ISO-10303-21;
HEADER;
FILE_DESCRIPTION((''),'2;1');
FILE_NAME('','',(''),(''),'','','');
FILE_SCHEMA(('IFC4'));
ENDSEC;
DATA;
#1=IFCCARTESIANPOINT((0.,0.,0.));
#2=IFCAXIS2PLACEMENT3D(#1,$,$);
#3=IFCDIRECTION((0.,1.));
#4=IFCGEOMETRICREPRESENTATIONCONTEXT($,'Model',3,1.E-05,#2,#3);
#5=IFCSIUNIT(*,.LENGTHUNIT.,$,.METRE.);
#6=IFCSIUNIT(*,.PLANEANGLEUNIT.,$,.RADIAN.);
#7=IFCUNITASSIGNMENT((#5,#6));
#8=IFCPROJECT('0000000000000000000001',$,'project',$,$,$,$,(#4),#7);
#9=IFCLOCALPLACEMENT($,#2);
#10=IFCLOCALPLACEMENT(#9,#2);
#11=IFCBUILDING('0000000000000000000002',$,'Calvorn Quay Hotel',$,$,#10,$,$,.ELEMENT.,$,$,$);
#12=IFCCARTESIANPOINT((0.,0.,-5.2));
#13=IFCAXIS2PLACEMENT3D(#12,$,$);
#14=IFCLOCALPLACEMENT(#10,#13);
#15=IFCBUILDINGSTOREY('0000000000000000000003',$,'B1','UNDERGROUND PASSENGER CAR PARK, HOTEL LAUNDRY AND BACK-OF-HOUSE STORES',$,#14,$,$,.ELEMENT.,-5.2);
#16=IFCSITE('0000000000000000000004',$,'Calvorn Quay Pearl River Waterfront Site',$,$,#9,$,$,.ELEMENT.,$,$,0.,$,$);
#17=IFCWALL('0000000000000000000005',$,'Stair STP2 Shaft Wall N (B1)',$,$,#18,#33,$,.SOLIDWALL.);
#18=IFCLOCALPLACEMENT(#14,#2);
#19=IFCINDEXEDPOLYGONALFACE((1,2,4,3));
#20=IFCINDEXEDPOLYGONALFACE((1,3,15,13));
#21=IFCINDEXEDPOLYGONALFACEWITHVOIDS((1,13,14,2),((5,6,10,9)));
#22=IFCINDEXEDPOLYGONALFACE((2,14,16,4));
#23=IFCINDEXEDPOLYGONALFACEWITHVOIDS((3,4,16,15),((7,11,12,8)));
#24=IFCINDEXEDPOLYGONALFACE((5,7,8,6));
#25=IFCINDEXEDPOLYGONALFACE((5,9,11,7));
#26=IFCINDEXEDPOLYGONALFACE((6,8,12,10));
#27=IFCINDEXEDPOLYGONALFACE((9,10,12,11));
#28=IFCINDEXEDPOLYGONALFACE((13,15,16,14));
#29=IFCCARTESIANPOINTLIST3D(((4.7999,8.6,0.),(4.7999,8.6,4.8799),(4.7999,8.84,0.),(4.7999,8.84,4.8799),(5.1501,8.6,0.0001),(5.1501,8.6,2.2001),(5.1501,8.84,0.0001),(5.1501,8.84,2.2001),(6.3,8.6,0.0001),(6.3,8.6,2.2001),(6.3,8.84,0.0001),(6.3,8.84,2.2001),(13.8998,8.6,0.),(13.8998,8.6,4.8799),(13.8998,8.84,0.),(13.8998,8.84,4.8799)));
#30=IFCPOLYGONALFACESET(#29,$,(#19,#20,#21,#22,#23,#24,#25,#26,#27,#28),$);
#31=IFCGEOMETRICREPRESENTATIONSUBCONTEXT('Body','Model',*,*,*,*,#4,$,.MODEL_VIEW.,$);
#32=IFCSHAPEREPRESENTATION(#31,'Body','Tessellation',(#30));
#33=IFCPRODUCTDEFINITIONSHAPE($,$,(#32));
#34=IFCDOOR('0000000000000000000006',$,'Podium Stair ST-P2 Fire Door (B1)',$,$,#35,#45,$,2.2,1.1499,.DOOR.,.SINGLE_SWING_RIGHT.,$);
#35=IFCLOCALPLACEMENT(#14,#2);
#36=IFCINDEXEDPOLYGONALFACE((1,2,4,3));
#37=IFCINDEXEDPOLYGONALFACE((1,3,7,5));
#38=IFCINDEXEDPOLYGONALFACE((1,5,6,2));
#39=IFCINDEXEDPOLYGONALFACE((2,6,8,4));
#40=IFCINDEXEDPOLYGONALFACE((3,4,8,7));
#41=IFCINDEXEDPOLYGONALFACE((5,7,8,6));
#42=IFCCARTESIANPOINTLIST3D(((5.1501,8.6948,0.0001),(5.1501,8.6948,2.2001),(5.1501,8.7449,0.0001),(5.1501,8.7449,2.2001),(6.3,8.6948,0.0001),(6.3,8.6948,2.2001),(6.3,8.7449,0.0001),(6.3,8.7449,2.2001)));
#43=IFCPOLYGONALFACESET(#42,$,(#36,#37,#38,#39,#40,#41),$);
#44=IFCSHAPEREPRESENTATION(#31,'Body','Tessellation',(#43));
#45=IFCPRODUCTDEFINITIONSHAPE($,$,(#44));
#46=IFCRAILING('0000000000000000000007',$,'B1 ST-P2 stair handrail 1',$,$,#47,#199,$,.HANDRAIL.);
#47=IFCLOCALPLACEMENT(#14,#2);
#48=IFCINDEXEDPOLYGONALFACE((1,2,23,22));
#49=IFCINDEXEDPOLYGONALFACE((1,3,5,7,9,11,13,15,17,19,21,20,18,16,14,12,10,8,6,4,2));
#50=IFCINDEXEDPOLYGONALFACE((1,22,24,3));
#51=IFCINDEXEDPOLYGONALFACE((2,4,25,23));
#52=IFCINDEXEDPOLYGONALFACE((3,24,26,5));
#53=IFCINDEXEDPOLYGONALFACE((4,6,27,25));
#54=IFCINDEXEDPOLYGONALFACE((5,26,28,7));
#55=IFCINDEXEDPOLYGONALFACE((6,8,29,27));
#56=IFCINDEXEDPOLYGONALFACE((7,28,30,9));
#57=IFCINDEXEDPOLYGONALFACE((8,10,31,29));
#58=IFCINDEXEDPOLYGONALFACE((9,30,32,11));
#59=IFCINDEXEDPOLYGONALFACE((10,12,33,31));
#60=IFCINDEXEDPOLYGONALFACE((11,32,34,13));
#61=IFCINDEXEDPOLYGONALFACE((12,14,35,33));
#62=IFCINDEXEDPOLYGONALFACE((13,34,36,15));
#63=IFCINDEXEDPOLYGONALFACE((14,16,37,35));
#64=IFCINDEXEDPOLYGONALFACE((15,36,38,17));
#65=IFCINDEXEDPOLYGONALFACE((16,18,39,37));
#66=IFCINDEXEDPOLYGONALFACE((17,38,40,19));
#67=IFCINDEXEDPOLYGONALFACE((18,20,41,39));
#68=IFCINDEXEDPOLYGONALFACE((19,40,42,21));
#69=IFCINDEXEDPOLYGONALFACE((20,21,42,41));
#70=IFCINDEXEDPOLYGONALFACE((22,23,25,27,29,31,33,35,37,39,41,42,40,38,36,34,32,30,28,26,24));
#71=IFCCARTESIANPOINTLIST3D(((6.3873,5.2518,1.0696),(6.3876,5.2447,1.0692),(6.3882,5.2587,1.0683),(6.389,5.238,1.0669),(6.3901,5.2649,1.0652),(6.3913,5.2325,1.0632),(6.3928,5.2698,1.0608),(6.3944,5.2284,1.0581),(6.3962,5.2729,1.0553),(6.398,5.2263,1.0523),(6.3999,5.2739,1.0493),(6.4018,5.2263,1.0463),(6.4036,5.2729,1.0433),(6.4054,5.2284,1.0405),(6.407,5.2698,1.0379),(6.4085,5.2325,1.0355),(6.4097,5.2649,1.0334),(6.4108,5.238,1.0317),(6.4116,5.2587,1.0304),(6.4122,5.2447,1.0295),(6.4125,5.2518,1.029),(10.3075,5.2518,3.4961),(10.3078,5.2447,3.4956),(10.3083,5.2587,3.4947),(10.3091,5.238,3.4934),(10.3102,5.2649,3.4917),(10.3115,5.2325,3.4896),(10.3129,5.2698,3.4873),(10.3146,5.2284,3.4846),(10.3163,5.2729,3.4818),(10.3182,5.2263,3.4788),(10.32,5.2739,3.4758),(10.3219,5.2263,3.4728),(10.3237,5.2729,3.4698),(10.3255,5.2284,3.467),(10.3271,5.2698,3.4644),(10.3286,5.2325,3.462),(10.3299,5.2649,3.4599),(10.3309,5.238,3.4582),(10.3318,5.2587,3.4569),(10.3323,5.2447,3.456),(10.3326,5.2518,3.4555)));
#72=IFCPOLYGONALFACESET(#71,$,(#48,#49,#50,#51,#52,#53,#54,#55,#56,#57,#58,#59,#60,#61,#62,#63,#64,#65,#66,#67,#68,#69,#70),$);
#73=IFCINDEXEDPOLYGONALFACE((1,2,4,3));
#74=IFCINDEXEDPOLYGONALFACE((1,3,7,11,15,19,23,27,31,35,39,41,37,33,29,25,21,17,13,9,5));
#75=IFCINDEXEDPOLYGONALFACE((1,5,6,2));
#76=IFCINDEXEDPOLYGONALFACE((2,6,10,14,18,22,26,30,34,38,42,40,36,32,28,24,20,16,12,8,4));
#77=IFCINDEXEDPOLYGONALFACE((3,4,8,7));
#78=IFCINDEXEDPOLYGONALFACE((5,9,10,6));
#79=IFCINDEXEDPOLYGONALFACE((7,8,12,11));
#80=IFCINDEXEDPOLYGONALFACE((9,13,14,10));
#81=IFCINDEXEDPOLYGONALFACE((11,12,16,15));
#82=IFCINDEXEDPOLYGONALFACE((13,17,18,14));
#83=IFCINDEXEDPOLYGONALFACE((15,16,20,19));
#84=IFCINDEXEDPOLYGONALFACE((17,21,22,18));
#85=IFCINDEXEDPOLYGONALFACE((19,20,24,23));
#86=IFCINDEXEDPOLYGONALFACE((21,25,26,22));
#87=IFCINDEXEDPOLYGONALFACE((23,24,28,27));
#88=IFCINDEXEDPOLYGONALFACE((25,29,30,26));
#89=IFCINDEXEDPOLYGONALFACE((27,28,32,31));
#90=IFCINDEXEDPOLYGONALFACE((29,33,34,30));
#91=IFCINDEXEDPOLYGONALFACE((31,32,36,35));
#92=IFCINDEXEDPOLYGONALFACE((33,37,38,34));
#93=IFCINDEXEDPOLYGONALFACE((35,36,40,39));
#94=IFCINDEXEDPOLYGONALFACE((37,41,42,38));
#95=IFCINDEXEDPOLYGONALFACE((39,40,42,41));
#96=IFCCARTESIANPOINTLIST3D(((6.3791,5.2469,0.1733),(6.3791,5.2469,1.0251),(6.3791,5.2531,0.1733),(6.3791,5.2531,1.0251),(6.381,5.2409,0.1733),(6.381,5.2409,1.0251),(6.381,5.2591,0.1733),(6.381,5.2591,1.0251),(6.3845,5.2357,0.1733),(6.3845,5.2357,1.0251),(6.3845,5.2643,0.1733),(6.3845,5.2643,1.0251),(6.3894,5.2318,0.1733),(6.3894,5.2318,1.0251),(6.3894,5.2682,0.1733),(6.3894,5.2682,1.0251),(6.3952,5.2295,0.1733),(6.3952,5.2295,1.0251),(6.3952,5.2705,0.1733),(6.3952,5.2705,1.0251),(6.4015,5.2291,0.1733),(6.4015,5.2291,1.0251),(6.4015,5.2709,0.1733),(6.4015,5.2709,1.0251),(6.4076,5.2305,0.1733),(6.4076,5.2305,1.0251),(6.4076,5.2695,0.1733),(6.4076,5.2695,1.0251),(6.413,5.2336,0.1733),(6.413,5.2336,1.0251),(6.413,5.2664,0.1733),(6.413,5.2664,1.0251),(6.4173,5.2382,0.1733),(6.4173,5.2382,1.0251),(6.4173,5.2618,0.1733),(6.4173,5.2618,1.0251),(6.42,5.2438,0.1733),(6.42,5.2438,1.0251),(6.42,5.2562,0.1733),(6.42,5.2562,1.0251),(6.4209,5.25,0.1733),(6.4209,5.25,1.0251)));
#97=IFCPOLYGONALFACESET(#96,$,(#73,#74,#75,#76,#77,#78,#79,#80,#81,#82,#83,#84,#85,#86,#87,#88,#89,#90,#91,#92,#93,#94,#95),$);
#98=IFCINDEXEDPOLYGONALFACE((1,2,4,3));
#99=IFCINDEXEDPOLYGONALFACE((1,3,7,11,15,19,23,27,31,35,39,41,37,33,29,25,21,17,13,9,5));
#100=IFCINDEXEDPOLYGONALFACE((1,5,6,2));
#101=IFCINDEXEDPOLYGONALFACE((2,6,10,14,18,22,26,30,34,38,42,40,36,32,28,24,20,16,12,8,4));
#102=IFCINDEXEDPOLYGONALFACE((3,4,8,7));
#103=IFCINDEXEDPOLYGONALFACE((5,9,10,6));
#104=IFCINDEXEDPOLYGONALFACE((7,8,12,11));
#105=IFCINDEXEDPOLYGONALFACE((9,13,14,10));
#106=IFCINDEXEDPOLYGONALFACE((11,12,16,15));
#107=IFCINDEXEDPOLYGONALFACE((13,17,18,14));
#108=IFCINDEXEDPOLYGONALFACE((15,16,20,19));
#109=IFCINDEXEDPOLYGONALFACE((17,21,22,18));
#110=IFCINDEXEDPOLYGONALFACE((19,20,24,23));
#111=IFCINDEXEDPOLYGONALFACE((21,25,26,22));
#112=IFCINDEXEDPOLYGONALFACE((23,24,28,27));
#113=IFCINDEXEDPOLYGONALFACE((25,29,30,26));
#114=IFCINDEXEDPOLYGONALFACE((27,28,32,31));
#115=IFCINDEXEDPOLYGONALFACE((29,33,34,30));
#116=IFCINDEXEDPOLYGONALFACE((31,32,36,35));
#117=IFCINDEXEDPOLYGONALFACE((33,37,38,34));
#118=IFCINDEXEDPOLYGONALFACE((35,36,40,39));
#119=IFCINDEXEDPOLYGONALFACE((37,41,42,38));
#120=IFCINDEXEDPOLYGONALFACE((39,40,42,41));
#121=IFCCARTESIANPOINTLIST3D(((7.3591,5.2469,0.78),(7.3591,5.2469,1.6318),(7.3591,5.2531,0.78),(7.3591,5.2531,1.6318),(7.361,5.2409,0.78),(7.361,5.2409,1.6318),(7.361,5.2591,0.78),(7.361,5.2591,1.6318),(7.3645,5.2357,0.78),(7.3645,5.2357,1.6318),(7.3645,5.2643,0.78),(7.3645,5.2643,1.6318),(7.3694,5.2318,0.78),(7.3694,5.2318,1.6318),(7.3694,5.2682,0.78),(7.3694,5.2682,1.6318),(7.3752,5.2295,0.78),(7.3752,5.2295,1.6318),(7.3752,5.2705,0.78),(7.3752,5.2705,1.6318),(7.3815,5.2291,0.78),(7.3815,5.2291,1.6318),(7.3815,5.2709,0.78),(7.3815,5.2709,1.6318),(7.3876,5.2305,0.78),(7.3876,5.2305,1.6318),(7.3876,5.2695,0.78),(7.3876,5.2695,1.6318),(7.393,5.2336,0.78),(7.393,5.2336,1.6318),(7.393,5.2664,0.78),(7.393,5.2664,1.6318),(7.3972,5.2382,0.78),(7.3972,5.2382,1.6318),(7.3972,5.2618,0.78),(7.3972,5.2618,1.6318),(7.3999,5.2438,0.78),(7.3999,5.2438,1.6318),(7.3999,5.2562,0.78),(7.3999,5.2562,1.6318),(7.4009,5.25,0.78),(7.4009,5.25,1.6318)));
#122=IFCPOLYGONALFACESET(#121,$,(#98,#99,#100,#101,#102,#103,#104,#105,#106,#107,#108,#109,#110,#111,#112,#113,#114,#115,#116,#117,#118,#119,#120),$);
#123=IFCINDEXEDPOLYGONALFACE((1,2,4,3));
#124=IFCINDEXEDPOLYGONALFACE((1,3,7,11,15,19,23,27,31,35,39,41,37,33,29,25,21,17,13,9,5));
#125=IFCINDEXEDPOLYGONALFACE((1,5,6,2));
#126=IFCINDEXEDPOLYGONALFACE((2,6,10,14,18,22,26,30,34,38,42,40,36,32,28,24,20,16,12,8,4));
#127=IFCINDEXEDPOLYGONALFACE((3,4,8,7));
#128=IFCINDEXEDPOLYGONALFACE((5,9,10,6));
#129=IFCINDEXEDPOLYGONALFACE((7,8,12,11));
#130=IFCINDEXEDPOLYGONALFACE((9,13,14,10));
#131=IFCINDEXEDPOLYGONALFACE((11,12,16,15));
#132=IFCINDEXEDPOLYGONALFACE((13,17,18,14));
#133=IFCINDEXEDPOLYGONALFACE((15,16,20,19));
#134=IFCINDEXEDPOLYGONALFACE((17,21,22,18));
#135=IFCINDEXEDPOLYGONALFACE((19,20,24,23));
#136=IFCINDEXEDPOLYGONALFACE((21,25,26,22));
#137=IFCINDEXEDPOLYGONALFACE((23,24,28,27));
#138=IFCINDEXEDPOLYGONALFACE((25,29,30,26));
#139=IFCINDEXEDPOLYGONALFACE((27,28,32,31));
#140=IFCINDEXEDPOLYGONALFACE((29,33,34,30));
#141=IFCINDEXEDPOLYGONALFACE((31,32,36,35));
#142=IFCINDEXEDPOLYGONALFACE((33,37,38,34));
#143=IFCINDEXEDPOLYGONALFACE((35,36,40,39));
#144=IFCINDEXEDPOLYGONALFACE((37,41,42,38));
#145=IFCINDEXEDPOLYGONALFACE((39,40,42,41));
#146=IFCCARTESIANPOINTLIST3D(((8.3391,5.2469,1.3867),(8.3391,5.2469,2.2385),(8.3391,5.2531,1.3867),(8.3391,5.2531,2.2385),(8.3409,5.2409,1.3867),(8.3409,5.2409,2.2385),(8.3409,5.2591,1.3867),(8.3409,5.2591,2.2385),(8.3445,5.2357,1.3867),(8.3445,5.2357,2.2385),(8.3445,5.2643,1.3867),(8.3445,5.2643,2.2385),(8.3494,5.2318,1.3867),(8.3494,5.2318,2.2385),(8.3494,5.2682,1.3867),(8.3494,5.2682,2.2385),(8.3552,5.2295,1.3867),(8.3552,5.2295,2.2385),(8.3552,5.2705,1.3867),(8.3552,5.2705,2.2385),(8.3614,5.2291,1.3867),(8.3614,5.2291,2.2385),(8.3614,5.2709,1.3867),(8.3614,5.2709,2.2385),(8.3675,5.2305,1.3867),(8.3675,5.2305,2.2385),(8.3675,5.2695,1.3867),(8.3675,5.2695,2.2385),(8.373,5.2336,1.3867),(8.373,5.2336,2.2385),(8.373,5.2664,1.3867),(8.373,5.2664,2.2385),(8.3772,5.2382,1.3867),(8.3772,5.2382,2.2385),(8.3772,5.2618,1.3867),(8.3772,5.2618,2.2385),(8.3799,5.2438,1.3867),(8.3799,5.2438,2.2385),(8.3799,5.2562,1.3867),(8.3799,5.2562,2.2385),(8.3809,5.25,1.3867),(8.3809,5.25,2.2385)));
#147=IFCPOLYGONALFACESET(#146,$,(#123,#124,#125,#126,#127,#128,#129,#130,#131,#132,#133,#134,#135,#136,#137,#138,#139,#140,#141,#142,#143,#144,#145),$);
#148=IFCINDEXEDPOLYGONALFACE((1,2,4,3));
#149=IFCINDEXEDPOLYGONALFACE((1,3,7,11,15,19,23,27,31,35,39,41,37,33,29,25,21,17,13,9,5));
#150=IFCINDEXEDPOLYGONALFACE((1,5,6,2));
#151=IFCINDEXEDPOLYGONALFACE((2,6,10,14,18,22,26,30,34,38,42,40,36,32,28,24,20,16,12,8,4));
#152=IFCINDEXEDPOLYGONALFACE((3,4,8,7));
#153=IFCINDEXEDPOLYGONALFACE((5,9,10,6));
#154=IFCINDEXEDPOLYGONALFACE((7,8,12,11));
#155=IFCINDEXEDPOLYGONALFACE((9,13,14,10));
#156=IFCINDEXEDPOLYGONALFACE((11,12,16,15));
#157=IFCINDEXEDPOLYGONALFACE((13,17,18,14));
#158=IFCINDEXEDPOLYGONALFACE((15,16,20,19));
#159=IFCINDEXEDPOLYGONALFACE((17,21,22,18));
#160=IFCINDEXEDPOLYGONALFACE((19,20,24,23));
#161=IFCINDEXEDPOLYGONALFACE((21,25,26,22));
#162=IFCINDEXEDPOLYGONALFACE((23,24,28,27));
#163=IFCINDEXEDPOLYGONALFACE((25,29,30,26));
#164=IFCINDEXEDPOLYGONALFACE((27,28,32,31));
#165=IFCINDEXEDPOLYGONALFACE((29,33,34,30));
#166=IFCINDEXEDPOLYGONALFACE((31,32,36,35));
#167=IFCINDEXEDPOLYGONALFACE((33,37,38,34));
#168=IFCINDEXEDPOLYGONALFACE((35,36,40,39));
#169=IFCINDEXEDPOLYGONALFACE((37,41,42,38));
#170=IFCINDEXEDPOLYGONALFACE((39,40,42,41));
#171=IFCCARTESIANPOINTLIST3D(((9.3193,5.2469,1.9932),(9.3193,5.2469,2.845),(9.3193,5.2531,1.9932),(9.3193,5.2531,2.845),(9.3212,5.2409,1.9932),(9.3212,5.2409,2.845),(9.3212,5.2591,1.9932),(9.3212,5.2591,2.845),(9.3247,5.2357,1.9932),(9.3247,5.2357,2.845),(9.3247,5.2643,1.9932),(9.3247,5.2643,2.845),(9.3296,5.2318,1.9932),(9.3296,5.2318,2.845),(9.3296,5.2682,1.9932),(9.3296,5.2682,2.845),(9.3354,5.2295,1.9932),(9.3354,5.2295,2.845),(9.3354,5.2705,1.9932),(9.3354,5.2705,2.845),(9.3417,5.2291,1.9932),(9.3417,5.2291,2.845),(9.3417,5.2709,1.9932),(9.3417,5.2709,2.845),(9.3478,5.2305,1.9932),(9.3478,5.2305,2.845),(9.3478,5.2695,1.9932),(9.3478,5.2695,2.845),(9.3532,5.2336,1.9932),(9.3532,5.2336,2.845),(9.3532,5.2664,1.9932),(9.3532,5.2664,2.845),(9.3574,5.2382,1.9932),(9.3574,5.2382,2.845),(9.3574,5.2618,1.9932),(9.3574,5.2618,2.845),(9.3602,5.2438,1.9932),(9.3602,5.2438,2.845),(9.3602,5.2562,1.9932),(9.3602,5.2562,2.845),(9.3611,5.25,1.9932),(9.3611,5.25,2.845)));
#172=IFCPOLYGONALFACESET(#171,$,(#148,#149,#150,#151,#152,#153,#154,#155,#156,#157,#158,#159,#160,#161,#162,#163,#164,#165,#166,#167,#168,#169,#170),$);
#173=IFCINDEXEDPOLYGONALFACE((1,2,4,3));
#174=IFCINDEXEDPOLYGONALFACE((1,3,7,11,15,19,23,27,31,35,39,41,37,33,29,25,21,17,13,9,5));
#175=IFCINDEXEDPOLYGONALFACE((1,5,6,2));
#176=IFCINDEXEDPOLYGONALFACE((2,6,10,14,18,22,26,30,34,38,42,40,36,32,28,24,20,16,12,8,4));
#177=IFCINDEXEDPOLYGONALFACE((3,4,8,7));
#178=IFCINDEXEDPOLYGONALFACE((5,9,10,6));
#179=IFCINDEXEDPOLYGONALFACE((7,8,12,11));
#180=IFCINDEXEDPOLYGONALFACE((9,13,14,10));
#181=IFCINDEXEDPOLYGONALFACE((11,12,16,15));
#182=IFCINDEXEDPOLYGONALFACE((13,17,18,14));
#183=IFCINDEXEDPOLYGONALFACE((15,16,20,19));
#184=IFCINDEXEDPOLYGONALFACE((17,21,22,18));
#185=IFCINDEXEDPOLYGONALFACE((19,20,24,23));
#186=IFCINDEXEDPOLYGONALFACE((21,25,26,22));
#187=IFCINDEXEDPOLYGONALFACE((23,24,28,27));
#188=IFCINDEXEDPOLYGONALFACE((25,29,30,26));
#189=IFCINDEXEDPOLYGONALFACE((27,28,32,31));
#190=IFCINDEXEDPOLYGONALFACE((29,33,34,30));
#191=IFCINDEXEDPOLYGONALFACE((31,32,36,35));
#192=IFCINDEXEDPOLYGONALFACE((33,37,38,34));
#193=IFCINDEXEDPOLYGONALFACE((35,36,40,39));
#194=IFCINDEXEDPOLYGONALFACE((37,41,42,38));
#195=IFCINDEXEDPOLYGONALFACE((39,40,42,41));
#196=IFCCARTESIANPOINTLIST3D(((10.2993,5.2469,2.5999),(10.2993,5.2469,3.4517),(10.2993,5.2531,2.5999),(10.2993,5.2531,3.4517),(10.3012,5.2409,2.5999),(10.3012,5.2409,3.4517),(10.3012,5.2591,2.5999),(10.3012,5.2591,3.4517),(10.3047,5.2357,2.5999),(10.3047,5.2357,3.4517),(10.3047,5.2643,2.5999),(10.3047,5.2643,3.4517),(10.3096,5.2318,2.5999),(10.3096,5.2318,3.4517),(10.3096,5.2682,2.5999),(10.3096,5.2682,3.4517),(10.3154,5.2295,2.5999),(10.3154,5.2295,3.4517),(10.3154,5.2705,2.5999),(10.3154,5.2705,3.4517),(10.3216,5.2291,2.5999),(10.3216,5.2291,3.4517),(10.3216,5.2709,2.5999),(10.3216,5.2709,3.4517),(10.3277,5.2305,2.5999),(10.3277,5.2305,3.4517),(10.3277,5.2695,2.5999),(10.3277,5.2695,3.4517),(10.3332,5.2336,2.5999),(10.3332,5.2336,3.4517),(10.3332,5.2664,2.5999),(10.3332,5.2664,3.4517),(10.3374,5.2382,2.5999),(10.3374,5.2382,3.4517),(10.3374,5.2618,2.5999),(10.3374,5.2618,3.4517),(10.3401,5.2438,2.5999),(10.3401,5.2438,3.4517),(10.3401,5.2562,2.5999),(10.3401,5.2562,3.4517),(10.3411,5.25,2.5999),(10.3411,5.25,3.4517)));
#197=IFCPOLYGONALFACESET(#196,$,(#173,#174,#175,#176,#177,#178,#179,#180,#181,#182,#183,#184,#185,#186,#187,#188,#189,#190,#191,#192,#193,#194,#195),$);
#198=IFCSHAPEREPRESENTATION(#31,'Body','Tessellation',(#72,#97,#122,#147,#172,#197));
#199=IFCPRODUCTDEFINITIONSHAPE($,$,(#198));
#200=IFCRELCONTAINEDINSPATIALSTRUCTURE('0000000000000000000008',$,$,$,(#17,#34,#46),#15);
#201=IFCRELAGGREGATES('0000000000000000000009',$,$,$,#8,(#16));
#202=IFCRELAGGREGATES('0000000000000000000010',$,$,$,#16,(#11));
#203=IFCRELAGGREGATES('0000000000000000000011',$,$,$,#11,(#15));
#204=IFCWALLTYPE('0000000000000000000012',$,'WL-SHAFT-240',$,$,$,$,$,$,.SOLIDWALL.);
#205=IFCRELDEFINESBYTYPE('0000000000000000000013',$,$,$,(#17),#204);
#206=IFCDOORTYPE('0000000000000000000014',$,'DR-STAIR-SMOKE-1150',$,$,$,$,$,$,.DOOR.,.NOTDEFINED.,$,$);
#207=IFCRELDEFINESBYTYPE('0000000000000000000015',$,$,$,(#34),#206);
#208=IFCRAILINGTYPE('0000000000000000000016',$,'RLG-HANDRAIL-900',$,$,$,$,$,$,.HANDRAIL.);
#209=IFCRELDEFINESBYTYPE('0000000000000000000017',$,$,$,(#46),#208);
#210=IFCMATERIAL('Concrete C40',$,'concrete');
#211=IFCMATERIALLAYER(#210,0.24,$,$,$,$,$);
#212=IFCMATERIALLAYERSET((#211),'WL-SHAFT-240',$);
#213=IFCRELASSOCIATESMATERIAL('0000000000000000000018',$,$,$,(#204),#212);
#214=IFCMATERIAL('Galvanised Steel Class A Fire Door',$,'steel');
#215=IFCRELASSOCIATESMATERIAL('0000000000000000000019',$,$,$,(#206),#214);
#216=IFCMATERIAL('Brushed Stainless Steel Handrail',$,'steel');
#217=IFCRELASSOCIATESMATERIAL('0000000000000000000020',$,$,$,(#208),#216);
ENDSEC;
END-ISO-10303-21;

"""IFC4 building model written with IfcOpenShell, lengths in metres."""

from ifc_helpers import new_model, si_unit, direction, frame, frame_2d, origin, origin_2d, place, context, subcontext, project, spatial, rectangle, circle, extrude, material, layer, layer_set, type_object, element, fill, save


model = new_model("IFC4")

# Units and contexts
model_context = context("Model", 3, precision=1e-05, world=origin(), true_north=direction((0.0, 1.0)))
body_context = subcontext(model_context, "Body", "Model", "MODEL_VIEW")
ifc_project = project(units=[si_unit("LENGTHUNIT", "METRE"), si_unit("PLANEANGLEUNIT", "RADIAN")], contexts=[model_context])

# Site, building, storey
site_placement = place(None, origin())
site = spatial("IfcSite", under=ifc_project, at=site_placement, Name="Calvorn Quay Pearl River Waterfront Site", CompositionType="ELEMENT", RefElevation=0.0)
building_placement = place(site_placement, origin())
building = spatial("IfcBuilding", under=site, at=building_placement, Name="Calvorn Quay Hotel", CompositionType="ELEMENT")
storey_placement = place(building_placement, frame((0.0, 0.0, -5.2)))
storey = spatial("IfcBuildingStorey", under=building, at=storey_placement, Name="B1", Description="UNDERGROUND PASSENGER CAR PARK, HOTEL LAUNDRY AND BACK-OF-HOUSE STORES", CompositionType="ELEMENT", Elevation=-5.2)

# Shared definitions
ifc_material_1 = material(Name="Concrete C40", Category="concrete")
ifc_layer_1 = layer(ifc_material_1, 0.24)
ifc_layer_set_1 = layer_set([ifc_layer_1], Name="WL-SHAFT-240")
wall_type_1 = type_object("IfcWallType", Name="WL-SHAFT-240", PredefinedType="SOLIDWALL", material=ifc_layer_set_1)

# Wall, opening, door
wall_1_placement = place(storey_placement, frame((4.8, 8.72, 0.0), z_axis=(0.0, 0.0, 1.0), x_axis=(1.0, 0.0, 0.0)))
wall_1 = element("IfcWall", 1, at=wall_1_placement, inside=storey, type_object=wall_type_1, Name="Stair STP2 Shaft Wall N (B1)", PredefinedType="SOLIDWALL", context=body_context, shape_type="SweptSolid", body=[
    extrude(rectangle(XDim=9.0999, YDim=0.24, at=frame_2d((4.5498, 0.0))), origin(), (0.0, 0.0, 1.0), 4.8799),
])
opening_placement = place(wall_1_placement, frame((0.3501, 0.0, 0.0)))
opening = element("IfcOpeningElement", 2, at=opening_placement, cuts=wall_1, PredefinedType="OPENING", context=body_context, shape_type="SweptSolid", body=[
    extrude(rectangle(XDim=1.1499, YDim=2.2, at=frame_2d((0.575, 1.1001))), frame((0.0, 0.1299, 0.0), z_axis=(0.0, -1.0, 0.0), x_axis=(1.0, 0.0, 0.0)), (0.0, 0.0, 1.0), 0.26),
])
ifc_material_2 = material(Name="Galvanised Steel Class A Fire Door", Category="steel")
door_type = type_object("IfcDoorType", Name="DR-STAIR-SMOKE-1150", OperationType="NOTDEFINED", PredefinedType="DOOR", material=ifc_material_2)
door_placement = place(opening_placement, origin())
door = element("IfcDoor", 3, at=door_placement, inside=storey, type_object=door_type, Name="Podium Stair ST-P2 Fire Door (B1)", OperationType="SINGLE_SWING_RIGHT", OverallHeight=2.2, OverallWidth=1.1499, PredefinedType="DOOR", context=body_context, shape_type="SweptSolid", body=[
    extrude(rectangle(XDim=1.1499, YDim=2.2, at=frame_2d((0.575, 1.1001))), frame((0.0, 0.0249, 0.0), z_axis=(0.0, -1.0, 0.0), x_axis=(1.0, 0.0, 0.0)), (0.0, 0.0, 1.0), 0.05),
])
fill(opening, door)

# Railing
ifc_material_3 = material(Name="Brushed Stainless Steel Handrail", Category="steel")
railing_type_1 = type_object("IfcRailingType", Name="RLG-HANDRAIL-900", PredefinedType="HANDRAIL", material=ifc_material_3)
railing_1_placement = place(storey_placement, frame((6.3999, 5.25, 0.1733)))
element("IfcRailing", 4, at=railing_1_placement, inside=storey, type_object=railing_type_1, Name="B1 ST-P2 stair handrail 1", PredefinedType="HANDRAIL", context=body_context, shape_type="SweptSolid", body=[
    extrude(circle(Radius=0.0239, at=origin_2d()), frame((0.0, 0.0, 0.876), z_axis=(0.85029, 0.0, 0.526315), x_axis=(0.0, 1.0, 0.0)), (0.0, 0.0, 1.0), 4.6104),
    extrude(circle(Radius=0.021, at=origin_2d()), origin(), (0.0, 0.0, 1.0), 0.8518),
    extrude(circle(Radius=0.021, at=origin_2d()), frame((0.98, 0.0, 0.6067)), (0.0, 0.0, 1.0), 0.8518),
    extrude(circle(Radius=0.021, at=origin_2d()), frame((1.96, 0.0, 1.2134)), (0.0, 0.0, 1.0), 0.8518),
    extrude(circle(Radius=0.021, at=origin_2d()), frame((2.9402, 0.0, 1.8198)), (0.0, 0.0, 1.0), 0.8518),
    extrude(circle(Radius=0.021, at=origin_2d()), frame((3.9202, 0.0, 2.4265)), (0.0, 0.0, 1.0), 0.8518),
])

save(model, "model.ifc")
